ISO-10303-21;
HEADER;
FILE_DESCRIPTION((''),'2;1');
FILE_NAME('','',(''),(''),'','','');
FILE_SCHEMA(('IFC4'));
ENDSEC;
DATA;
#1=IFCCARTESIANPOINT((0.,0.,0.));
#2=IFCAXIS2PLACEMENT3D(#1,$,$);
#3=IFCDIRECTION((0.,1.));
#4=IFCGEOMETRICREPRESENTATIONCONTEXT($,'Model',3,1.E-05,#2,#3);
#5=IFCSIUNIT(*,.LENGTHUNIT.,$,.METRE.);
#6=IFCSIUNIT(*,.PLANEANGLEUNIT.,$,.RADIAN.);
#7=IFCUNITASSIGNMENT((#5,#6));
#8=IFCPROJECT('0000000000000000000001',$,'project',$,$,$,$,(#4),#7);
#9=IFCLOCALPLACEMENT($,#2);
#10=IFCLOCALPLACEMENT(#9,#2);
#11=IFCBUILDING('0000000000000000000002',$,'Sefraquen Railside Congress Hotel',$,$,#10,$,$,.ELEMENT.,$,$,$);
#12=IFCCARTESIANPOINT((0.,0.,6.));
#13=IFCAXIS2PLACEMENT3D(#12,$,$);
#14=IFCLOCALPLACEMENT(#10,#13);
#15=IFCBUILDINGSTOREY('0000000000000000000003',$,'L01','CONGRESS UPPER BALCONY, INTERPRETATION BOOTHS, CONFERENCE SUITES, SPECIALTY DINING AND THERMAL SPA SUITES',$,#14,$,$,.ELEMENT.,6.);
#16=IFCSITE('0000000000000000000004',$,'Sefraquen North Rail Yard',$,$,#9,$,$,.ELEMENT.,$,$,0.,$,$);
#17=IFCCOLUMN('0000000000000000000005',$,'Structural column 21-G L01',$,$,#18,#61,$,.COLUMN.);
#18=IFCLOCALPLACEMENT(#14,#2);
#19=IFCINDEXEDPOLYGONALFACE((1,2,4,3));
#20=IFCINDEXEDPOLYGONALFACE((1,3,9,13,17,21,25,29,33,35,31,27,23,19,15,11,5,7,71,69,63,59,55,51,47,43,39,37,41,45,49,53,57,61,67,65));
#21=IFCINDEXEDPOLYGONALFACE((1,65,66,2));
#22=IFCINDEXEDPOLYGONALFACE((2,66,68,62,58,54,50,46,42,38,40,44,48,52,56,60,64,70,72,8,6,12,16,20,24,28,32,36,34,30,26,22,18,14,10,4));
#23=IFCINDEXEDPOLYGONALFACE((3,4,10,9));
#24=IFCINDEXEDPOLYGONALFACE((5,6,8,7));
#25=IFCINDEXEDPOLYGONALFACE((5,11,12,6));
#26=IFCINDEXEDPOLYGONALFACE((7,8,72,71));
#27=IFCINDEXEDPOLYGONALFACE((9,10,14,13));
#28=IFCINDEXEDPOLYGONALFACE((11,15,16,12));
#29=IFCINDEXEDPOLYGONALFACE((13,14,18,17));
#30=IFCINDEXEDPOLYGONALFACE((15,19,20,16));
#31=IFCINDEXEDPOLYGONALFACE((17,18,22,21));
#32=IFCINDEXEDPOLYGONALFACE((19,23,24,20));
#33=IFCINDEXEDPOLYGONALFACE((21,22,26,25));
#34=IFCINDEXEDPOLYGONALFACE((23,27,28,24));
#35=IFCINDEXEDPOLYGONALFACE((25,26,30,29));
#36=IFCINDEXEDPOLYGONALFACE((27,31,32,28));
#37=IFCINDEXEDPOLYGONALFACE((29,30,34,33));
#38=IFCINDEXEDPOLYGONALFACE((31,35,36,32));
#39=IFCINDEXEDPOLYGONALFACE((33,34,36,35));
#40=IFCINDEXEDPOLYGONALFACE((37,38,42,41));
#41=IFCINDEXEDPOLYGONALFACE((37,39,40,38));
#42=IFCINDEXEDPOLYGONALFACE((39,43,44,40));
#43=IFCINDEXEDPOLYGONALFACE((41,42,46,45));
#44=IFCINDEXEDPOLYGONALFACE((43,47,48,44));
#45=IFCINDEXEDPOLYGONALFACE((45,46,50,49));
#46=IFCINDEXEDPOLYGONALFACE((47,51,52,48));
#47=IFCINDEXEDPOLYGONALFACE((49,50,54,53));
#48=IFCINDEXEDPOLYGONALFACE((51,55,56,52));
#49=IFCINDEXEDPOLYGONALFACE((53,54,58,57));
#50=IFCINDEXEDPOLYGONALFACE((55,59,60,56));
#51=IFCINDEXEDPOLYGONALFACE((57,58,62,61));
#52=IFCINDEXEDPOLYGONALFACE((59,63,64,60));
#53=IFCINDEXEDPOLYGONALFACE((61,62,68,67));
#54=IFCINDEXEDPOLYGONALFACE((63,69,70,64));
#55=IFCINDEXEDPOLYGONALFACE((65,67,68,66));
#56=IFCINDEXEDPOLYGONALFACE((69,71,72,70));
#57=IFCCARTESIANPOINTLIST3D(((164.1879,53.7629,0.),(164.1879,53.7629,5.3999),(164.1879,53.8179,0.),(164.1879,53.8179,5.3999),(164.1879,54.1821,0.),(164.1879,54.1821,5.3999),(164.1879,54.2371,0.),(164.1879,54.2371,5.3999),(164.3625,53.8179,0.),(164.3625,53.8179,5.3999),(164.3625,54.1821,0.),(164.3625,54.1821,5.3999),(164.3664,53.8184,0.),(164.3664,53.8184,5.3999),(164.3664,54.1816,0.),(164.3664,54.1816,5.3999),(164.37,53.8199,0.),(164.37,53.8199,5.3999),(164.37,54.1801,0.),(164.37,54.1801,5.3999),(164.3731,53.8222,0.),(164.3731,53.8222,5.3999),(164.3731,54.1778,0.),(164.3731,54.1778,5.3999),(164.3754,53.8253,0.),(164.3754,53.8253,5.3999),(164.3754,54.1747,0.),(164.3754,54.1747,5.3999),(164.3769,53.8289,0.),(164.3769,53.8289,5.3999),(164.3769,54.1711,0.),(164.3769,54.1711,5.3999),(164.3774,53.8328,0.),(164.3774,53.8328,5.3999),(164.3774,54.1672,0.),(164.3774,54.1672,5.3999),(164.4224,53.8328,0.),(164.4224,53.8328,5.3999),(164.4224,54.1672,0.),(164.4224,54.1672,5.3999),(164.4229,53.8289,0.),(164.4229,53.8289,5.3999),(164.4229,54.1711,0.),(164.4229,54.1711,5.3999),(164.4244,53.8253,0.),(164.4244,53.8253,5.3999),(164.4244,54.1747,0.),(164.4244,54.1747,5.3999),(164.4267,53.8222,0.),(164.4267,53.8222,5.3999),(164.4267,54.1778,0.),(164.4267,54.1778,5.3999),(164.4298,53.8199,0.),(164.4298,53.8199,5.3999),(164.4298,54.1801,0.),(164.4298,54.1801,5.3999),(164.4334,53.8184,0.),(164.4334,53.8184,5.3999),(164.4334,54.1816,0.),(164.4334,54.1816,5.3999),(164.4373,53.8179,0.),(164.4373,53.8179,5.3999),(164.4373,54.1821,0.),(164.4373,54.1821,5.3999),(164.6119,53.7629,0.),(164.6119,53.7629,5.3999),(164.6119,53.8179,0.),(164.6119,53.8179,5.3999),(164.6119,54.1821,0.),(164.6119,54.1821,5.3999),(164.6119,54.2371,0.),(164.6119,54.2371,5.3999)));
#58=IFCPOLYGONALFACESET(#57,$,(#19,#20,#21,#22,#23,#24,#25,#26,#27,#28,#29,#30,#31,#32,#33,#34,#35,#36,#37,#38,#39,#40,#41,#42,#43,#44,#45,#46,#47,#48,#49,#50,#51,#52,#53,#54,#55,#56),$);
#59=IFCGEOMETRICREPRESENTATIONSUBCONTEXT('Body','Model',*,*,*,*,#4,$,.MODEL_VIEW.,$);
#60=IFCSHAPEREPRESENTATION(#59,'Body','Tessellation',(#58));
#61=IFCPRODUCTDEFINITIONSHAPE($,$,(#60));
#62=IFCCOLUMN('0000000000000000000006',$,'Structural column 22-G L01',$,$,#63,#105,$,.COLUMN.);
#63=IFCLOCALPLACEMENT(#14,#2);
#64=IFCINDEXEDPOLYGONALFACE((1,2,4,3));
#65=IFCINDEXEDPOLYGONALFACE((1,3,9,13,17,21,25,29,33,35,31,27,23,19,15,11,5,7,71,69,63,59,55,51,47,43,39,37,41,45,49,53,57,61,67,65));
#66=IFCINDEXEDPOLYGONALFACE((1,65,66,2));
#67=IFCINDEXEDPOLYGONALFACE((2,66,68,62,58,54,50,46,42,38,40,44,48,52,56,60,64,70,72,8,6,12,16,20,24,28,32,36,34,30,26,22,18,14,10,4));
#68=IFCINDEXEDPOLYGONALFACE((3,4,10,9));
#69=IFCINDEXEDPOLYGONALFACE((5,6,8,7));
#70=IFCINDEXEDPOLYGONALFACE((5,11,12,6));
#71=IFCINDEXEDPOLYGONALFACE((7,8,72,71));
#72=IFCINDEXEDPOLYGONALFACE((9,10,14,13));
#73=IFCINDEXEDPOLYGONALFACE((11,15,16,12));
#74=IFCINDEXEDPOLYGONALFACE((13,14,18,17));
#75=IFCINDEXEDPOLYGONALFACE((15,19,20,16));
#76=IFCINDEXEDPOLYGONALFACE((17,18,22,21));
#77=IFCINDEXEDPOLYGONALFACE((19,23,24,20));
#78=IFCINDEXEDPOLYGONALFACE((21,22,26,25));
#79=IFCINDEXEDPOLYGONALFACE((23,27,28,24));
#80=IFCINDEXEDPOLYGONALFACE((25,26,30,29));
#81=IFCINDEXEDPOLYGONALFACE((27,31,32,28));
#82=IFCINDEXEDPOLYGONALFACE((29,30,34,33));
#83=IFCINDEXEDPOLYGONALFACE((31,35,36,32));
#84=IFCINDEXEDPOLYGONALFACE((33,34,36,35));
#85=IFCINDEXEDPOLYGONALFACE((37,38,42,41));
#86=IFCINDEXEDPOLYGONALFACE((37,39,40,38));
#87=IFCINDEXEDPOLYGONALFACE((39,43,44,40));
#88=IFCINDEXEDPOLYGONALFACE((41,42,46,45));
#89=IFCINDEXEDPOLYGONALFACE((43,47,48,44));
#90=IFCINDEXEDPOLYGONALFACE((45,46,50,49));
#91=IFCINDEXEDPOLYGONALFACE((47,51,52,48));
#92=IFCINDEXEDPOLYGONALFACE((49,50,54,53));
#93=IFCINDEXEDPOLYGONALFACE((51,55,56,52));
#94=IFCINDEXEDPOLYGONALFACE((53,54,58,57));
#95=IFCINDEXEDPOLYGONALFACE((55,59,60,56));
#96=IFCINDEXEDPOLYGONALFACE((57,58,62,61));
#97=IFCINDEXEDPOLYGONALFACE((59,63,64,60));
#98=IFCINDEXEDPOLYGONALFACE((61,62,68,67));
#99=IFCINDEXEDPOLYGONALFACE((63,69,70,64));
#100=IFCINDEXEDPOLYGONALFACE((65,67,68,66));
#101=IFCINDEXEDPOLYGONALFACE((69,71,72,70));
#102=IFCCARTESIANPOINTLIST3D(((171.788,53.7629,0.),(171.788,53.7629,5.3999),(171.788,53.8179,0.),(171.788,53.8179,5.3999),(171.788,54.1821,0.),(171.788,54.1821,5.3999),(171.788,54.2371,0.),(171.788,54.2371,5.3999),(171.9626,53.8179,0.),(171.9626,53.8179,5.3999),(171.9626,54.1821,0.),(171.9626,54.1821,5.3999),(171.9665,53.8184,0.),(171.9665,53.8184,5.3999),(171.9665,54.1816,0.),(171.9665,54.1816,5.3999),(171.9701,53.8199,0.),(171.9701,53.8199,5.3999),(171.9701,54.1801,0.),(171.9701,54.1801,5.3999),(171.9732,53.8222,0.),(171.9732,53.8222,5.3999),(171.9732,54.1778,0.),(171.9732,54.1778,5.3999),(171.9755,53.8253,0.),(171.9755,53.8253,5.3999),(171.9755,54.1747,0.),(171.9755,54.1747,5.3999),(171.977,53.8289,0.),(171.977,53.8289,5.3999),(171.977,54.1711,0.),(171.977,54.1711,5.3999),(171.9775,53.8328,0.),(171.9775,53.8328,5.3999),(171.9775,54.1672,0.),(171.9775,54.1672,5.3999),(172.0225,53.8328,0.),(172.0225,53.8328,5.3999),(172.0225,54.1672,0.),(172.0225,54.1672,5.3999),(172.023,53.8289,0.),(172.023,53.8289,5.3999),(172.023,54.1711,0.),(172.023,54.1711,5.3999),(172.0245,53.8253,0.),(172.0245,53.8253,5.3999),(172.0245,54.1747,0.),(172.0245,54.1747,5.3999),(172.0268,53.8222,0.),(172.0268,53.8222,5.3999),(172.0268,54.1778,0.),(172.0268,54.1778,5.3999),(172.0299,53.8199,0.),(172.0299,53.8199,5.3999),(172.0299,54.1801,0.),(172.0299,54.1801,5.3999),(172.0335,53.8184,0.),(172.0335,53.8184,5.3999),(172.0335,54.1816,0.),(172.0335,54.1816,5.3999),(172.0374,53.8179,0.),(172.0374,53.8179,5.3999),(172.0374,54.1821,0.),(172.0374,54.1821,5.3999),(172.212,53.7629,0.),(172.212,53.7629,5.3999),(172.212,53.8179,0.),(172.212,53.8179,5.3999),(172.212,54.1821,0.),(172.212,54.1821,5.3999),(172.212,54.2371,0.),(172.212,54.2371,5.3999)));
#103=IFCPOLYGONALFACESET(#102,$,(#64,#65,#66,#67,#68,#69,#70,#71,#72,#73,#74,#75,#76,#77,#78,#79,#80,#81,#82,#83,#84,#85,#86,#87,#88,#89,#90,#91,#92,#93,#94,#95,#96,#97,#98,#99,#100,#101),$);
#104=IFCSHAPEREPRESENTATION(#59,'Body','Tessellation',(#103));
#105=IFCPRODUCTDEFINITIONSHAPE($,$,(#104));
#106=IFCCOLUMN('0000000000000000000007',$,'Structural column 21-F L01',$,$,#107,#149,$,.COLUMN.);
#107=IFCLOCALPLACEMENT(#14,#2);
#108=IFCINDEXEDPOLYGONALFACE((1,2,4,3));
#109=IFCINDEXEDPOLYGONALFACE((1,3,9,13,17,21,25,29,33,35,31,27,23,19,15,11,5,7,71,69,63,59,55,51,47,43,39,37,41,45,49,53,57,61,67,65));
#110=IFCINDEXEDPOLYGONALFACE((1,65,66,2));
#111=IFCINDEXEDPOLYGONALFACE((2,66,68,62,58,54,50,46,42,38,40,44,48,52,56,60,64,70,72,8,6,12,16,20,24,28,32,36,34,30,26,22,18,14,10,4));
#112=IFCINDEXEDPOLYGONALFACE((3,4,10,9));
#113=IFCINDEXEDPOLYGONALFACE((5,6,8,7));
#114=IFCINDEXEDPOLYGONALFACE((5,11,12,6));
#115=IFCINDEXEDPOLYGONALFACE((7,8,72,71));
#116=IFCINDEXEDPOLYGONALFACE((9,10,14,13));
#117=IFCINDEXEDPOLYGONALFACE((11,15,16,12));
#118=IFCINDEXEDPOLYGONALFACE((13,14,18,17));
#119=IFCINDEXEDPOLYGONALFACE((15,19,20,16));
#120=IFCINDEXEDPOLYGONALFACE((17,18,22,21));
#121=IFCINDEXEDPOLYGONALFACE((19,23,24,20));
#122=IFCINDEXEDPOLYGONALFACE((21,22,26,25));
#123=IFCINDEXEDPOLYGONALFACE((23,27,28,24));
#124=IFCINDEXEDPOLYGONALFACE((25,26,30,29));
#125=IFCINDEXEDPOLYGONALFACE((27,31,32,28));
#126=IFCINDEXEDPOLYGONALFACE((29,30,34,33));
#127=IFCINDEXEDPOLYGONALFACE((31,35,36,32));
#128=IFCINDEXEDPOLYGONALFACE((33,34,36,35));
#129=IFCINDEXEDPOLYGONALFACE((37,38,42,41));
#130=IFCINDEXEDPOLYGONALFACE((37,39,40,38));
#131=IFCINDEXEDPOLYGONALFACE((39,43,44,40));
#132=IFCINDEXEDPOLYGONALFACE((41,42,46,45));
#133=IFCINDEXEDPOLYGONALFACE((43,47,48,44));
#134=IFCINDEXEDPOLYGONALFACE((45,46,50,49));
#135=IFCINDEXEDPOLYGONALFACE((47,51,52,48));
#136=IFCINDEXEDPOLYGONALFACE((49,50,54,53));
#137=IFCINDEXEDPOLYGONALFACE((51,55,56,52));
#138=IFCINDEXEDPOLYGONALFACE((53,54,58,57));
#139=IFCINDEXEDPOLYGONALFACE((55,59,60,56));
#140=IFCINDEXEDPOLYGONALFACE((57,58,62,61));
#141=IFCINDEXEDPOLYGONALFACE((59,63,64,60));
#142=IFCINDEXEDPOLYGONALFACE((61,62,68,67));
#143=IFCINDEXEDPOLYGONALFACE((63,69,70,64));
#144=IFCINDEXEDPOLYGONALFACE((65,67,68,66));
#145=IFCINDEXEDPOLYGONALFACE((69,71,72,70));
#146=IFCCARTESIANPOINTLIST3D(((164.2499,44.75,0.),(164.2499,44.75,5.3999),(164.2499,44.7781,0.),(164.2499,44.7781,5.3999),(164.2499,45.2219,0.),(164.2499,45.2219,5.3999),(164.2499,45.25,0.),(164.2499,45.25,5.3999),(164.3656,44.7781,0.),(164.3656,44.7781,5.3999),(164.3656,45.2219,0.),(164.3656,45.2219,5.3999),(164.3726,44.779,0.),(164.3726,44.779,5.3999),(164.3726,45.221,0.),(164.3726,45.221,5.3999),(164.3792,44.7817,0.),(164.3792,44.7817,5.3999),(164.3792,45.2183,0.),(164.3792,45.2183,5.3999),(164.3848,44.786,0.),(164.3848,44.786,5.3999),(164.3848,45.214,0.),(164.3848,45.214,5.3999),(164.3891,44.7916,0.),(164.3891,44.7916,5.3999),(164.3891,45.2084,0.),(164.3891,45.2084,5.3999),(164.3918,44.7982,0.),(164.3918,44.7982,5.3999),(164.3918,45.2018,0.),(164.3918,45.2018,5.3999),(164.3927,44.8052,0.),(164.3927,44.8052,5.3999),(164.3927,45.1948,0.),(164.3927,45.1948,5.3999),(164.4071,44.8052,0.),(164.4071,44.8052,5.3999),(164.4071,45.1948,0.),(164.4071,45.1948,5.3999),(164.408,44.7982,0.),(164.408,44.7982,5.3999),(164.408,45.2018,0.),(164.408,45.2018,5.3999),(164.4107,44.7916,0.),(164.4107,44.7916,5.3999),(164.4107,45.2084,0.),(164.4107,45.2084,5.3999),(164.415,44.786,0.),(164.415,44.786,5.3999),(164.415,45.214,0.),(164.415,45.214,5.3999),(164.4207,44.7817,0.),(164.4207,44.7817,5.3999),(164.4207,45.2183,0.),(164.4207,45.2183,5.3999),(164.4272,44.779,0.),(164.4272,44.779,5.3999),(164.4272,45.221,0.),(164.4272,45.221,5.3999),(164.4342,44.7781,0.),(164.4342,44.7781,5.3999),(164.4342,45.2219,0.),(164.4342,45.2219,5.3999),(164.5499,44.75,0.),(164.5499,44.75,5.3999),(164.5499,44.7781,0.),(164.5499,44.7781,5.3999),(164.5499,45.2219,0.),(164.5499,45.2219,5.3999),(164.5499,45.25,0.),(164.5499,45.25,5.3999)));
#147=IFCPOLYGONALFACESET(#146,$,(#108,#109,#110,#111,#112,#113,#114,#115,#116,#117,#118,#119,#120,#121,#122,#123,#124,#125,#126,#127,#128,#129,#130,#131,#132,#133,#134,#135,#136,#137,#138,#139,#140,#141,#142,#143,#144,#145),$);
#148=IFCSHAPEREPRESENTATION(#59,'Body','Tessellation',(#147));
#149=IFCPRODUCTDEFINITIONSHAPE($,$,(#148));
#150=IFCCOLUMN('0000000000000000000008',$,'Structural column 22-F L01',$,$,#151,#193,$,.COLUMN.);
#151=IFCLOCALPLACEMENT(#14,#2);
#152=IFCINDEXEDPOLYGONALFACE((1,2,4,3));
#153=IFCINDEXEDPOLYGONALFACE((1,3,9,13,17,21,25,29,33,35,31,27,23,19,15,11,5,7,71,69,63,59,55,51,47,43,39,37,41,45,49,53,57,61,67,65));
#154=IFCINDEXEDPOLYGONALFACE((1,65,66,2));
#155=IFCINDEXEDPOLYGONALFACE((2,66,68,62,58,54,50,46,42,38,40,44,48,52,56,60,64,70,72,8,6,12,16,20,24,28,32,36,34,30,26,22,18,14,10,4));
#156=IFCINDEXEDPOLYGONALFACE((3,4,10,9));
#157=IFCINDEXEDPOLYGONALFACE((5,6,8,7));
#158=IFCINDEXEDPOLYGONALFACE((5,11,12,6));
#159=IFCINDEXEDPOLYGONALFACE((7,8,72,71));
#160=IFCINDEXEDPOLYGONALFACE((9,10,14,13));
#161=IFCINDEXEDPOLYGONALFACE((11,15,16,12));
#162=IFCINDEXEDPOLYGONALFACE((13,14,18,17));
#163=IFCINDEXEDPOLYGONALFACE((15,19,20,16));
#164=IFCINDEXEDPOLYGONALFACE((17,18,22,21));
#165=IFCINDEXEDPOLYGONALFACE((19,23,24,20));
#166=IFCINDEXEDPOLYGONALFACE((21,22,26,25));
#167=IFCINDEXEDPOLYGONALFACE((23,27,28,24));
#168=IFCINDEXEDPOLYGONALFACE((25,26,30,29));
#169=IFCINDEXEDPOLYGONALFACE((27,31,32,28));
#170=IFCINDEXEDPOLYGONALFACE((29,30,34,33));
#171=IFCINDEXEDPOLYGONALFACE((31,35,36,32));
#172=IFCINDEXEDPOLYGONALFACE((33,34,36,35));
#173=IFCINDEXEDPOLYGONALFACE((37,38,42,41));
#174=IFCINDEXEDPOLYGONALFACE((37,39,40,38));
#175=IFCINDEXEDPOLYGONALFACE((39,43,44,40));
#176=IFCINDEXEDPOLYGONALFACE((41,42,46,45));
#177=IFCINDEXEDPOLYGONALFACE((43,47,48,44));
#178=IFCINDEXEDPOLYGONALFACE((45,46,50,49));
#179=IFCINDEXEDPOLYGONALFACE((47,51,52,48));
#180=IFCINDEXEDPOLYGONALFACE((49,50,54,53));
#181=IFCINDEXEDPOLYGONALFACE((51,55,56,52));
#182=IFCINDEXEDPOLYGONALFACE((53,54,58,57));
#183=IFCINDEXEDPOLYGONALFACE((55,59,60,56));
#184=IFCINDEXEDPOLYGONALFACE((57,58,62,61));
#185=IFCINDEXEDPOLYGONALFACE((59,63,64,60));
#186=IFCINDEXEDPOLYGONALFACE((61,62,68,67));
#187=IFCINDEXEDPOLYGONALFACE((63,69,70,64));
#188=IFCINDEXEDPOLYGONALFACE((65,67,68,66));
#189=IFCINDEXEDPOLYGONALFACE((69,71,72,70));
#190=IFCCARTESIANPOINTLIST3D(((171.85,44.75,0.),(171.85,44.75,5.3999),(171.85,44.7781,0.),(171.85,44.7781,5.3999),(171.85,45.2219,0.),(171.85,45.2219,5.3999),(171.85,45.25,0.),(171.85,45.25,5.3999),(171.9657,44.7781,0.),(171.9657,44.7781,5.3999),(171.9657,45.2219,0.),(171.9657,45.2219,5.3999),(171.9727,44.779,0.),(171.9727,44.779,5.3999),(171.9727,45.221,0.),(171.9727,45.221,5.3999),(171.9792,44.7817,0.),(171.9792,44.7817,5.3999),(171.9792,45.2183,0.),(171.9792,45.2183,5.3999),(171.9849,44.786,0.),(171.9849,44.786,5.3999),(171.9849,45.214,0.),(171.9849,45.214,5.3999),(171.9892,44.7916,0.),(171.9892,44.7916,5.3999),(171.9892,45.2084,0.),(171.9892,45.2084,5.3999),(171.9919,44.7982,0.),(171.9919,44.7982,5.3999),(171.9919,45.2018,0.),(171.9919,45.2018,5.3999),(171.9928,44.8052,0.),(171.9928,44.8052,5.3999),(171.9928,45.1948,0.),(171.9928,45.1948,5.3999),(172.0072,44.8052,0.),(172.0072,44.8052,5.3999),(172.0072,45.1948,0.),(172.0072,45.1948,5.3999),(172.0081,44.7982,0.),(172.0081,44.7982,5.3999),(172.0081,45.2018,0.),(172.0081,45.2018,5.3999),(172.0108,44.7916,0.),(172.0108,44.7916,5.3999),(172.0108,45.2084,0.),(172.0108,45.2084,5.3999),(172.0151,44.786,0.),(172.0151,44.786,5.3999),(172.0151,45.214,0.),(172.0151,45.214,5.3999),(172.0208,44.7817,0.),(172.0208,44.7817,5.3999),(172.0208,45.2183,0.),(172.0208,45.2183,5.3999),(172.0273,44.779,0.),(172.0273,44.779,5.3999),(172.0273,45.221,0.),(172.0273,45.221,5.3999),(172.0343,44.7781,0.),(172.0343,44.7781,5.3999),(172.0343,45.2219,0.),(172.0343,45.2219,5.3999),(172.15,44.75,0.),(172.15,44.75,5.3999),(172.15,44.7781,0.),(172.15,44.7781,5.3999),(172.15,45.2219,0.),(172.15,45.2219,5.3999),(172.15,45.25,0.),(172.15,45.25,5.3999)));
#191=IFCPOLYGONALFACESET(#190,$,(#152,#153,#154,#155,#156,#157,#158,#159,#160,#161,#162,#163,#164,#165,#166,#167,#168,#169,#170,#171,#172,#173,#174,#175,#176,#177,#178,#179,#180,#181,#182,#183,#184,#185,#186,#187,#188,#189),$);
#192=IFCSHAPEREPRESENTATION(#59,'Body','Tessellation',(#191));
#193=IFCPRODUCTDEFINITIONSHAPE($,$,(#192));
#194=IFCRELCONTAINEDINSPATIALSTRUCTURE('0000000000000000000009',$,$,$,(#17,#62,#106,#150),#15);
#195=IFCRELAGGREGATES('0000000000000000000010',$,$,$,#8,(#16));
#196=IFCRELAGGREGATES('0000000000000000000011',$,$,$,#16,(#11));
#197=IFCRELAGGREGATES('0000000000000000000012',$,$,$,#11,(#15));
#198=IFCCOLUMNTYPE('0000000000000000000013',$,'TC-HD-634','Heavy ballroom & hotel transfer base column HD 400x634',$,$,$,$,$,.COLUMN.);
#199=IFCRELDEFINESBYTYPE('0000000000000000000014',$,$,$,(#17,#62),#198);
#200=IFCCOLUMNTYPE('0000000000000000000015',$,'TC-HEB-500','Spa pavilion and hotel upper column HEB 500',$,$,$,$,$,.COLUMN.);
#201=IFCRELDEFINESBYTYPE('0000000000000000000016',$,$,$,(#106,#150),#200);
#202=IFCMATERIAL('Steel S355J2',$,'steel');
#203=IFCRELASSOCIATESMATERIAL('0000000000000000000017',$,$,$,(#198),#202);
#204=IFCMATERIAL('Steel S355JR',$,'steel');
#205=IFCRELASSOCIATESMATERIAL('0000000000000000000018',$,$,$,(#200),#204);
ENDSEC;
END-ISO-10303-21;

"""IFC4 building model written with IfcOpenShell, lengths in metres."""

from ifc_helpers import new_model, si_unit, direction, frame, origin, origin_2d, place, context, subcontext, project, spatial, i_section, extrude, material, material_profile, profile_set, type_object, element, save


model = new_model("IFC4")

# Units and contexts
model_context = context("Model", 3, precision=1e-05, world=origin(), true_north=direction((0.0, 1.0)))
body_context = subcontext(model_context, "Body", "Model", "MODEL_VIEW")
ifc_project = project(units=[si_unit("LENGTHUNIT", "METRE"), si_unit("PLANEANGLEUNIT", "RADIAN")], contexts=[model_context])

# Site, building, storey
site_placement = place(None, origin())
site = spatial("IfcSite", under=ifc_project, at=site_placement, Name="Sefraquen North Rail Yard", CompositionType="ELEMENT", RefElevation=0.0)
building_placement = place(site_placement, origin())
building = spatial("IfcBuilding", under=site, at=building_placement, Name="Sefraquen Railside Congress Hotel", CompositionType="ELEMENT")
storey_placement = place(building_placement, frame((0.0, 0.0, 6.0)))
storey = spatial("IfcBuildingStorey", under=building, at=storey_placement, Name="L01", Description="CONGRESS UPPER BALCONY, INTERPRETATION BOOTHS, CONFERENCE SUITES, SPECIALTY DINING AND THERMAL SPA SUITES", CompositionType="ELEMENT", Elevation=6.0)

# Columns
ifc_material_1 = material(Name="Steel S355J2", Category="steel")
ifc_material_profile_1 = material_profile(ifc_material_1, i_section(OverallWidth=0.4241, OverallDepth=0.4741, WebThickness=0.0449, FlangeThickness=0.0549, FilletRadius=0.0149, at=origin_2d()), Name="HD 400x634")
ifc_profile_set_1 = profile_set([ifc_material_profile_1], Name="Steel S355J2")
column_type_1 = type_object("IfcColumnType", Name="TC-HD-634", Description="Heavy ballroom & hotel transfer base column HD 400x634", PredefinedType="COLUMN", material=ifc_profile_set_1)
for number, where, z_axis, x_axis, name in (
    (1, (164.3999, 54.0, 0.0), (0.0, 0.0, 1.0), (1.0, 0.0, 0.0), "Structural column 21-G L01"),
    (2, (172.0, 54.0, 0.0), (0.0, 0.0, 1.0), (1.0, 0.0, 0.0), "Structural column 22-G L01"),
):
    element("IfcColumn", number, at=place(storey_placement, frame(where, z_axis=z_axis, x_axis=x_axis)), inside=storey, type_object=column_type_1, Name=name, PredefinedType="COLUMN", context=body_context, shape_type="SweptSolid", body=[
        extrude(i_section(OverallWidth=0.4241, OverallDepth=0.4741, WebThickness=0.0449, FlangeThickness=0.0549, FilletRadius=0.0149, at=origin_2d()), origin(), (0.0, 0.0, 1.0), 5.3999),
    ])
ifc_material_2 = material(Name="Steel S355JR", Category="steel")
ifc_material_profile_2 = material_profile(ifc_material_2, i_section(OverallWidth=0.3, OverallDepth=0.5, WebThickness=0.0144, FlangeThickness=0.0281, FilletRadius=0.0271, at=origin_2d()), Name="HEB 500")
ifc_profile_set_2 = profile_set([ifc_material_profile_2], Name="Steel S355JR")
column_type_2 = type_object("IfcColumnType", Name="TC-HEB-500", Description="Spa pavilion and hotel upper column HEB 500", PredefinedType="COLUMN", material=ifc_profile_set_2)
for number, where, z_axis, x_axis, name in (
    (3, (164.3999, 45.0, 0.0), (0.0, 0.0, 1.0), (1.0, 0.0, 0.0), "Structural column 21-F L01"),
    (4, (172.0, 45.0, 0.0), (0.0, 0.0, 1.0), (1.0, 0.0, 0.0), "Structural column 22-F L01"),
):
    element("IfcColumn", number, at=place(storey_placement, frame(where, z_axis=z_axis, x_axis=x_axis)), inside=storey, type_object=column_type_2, Name=name, PredefinedType="COLUMN", context=body_context, shape_type="SweptSolid", body=[
        extrude(i_section(OverallWidth=0.3, OverallDepth=0.5, WebThickness=0.0144, FlangeThickness=0.0281, FilletRadius=0.0271, at=origin_2d()), origin(), (0.0, 0.0, 1.0), 5.3999),
    ])

save(model, "model.ifc")
